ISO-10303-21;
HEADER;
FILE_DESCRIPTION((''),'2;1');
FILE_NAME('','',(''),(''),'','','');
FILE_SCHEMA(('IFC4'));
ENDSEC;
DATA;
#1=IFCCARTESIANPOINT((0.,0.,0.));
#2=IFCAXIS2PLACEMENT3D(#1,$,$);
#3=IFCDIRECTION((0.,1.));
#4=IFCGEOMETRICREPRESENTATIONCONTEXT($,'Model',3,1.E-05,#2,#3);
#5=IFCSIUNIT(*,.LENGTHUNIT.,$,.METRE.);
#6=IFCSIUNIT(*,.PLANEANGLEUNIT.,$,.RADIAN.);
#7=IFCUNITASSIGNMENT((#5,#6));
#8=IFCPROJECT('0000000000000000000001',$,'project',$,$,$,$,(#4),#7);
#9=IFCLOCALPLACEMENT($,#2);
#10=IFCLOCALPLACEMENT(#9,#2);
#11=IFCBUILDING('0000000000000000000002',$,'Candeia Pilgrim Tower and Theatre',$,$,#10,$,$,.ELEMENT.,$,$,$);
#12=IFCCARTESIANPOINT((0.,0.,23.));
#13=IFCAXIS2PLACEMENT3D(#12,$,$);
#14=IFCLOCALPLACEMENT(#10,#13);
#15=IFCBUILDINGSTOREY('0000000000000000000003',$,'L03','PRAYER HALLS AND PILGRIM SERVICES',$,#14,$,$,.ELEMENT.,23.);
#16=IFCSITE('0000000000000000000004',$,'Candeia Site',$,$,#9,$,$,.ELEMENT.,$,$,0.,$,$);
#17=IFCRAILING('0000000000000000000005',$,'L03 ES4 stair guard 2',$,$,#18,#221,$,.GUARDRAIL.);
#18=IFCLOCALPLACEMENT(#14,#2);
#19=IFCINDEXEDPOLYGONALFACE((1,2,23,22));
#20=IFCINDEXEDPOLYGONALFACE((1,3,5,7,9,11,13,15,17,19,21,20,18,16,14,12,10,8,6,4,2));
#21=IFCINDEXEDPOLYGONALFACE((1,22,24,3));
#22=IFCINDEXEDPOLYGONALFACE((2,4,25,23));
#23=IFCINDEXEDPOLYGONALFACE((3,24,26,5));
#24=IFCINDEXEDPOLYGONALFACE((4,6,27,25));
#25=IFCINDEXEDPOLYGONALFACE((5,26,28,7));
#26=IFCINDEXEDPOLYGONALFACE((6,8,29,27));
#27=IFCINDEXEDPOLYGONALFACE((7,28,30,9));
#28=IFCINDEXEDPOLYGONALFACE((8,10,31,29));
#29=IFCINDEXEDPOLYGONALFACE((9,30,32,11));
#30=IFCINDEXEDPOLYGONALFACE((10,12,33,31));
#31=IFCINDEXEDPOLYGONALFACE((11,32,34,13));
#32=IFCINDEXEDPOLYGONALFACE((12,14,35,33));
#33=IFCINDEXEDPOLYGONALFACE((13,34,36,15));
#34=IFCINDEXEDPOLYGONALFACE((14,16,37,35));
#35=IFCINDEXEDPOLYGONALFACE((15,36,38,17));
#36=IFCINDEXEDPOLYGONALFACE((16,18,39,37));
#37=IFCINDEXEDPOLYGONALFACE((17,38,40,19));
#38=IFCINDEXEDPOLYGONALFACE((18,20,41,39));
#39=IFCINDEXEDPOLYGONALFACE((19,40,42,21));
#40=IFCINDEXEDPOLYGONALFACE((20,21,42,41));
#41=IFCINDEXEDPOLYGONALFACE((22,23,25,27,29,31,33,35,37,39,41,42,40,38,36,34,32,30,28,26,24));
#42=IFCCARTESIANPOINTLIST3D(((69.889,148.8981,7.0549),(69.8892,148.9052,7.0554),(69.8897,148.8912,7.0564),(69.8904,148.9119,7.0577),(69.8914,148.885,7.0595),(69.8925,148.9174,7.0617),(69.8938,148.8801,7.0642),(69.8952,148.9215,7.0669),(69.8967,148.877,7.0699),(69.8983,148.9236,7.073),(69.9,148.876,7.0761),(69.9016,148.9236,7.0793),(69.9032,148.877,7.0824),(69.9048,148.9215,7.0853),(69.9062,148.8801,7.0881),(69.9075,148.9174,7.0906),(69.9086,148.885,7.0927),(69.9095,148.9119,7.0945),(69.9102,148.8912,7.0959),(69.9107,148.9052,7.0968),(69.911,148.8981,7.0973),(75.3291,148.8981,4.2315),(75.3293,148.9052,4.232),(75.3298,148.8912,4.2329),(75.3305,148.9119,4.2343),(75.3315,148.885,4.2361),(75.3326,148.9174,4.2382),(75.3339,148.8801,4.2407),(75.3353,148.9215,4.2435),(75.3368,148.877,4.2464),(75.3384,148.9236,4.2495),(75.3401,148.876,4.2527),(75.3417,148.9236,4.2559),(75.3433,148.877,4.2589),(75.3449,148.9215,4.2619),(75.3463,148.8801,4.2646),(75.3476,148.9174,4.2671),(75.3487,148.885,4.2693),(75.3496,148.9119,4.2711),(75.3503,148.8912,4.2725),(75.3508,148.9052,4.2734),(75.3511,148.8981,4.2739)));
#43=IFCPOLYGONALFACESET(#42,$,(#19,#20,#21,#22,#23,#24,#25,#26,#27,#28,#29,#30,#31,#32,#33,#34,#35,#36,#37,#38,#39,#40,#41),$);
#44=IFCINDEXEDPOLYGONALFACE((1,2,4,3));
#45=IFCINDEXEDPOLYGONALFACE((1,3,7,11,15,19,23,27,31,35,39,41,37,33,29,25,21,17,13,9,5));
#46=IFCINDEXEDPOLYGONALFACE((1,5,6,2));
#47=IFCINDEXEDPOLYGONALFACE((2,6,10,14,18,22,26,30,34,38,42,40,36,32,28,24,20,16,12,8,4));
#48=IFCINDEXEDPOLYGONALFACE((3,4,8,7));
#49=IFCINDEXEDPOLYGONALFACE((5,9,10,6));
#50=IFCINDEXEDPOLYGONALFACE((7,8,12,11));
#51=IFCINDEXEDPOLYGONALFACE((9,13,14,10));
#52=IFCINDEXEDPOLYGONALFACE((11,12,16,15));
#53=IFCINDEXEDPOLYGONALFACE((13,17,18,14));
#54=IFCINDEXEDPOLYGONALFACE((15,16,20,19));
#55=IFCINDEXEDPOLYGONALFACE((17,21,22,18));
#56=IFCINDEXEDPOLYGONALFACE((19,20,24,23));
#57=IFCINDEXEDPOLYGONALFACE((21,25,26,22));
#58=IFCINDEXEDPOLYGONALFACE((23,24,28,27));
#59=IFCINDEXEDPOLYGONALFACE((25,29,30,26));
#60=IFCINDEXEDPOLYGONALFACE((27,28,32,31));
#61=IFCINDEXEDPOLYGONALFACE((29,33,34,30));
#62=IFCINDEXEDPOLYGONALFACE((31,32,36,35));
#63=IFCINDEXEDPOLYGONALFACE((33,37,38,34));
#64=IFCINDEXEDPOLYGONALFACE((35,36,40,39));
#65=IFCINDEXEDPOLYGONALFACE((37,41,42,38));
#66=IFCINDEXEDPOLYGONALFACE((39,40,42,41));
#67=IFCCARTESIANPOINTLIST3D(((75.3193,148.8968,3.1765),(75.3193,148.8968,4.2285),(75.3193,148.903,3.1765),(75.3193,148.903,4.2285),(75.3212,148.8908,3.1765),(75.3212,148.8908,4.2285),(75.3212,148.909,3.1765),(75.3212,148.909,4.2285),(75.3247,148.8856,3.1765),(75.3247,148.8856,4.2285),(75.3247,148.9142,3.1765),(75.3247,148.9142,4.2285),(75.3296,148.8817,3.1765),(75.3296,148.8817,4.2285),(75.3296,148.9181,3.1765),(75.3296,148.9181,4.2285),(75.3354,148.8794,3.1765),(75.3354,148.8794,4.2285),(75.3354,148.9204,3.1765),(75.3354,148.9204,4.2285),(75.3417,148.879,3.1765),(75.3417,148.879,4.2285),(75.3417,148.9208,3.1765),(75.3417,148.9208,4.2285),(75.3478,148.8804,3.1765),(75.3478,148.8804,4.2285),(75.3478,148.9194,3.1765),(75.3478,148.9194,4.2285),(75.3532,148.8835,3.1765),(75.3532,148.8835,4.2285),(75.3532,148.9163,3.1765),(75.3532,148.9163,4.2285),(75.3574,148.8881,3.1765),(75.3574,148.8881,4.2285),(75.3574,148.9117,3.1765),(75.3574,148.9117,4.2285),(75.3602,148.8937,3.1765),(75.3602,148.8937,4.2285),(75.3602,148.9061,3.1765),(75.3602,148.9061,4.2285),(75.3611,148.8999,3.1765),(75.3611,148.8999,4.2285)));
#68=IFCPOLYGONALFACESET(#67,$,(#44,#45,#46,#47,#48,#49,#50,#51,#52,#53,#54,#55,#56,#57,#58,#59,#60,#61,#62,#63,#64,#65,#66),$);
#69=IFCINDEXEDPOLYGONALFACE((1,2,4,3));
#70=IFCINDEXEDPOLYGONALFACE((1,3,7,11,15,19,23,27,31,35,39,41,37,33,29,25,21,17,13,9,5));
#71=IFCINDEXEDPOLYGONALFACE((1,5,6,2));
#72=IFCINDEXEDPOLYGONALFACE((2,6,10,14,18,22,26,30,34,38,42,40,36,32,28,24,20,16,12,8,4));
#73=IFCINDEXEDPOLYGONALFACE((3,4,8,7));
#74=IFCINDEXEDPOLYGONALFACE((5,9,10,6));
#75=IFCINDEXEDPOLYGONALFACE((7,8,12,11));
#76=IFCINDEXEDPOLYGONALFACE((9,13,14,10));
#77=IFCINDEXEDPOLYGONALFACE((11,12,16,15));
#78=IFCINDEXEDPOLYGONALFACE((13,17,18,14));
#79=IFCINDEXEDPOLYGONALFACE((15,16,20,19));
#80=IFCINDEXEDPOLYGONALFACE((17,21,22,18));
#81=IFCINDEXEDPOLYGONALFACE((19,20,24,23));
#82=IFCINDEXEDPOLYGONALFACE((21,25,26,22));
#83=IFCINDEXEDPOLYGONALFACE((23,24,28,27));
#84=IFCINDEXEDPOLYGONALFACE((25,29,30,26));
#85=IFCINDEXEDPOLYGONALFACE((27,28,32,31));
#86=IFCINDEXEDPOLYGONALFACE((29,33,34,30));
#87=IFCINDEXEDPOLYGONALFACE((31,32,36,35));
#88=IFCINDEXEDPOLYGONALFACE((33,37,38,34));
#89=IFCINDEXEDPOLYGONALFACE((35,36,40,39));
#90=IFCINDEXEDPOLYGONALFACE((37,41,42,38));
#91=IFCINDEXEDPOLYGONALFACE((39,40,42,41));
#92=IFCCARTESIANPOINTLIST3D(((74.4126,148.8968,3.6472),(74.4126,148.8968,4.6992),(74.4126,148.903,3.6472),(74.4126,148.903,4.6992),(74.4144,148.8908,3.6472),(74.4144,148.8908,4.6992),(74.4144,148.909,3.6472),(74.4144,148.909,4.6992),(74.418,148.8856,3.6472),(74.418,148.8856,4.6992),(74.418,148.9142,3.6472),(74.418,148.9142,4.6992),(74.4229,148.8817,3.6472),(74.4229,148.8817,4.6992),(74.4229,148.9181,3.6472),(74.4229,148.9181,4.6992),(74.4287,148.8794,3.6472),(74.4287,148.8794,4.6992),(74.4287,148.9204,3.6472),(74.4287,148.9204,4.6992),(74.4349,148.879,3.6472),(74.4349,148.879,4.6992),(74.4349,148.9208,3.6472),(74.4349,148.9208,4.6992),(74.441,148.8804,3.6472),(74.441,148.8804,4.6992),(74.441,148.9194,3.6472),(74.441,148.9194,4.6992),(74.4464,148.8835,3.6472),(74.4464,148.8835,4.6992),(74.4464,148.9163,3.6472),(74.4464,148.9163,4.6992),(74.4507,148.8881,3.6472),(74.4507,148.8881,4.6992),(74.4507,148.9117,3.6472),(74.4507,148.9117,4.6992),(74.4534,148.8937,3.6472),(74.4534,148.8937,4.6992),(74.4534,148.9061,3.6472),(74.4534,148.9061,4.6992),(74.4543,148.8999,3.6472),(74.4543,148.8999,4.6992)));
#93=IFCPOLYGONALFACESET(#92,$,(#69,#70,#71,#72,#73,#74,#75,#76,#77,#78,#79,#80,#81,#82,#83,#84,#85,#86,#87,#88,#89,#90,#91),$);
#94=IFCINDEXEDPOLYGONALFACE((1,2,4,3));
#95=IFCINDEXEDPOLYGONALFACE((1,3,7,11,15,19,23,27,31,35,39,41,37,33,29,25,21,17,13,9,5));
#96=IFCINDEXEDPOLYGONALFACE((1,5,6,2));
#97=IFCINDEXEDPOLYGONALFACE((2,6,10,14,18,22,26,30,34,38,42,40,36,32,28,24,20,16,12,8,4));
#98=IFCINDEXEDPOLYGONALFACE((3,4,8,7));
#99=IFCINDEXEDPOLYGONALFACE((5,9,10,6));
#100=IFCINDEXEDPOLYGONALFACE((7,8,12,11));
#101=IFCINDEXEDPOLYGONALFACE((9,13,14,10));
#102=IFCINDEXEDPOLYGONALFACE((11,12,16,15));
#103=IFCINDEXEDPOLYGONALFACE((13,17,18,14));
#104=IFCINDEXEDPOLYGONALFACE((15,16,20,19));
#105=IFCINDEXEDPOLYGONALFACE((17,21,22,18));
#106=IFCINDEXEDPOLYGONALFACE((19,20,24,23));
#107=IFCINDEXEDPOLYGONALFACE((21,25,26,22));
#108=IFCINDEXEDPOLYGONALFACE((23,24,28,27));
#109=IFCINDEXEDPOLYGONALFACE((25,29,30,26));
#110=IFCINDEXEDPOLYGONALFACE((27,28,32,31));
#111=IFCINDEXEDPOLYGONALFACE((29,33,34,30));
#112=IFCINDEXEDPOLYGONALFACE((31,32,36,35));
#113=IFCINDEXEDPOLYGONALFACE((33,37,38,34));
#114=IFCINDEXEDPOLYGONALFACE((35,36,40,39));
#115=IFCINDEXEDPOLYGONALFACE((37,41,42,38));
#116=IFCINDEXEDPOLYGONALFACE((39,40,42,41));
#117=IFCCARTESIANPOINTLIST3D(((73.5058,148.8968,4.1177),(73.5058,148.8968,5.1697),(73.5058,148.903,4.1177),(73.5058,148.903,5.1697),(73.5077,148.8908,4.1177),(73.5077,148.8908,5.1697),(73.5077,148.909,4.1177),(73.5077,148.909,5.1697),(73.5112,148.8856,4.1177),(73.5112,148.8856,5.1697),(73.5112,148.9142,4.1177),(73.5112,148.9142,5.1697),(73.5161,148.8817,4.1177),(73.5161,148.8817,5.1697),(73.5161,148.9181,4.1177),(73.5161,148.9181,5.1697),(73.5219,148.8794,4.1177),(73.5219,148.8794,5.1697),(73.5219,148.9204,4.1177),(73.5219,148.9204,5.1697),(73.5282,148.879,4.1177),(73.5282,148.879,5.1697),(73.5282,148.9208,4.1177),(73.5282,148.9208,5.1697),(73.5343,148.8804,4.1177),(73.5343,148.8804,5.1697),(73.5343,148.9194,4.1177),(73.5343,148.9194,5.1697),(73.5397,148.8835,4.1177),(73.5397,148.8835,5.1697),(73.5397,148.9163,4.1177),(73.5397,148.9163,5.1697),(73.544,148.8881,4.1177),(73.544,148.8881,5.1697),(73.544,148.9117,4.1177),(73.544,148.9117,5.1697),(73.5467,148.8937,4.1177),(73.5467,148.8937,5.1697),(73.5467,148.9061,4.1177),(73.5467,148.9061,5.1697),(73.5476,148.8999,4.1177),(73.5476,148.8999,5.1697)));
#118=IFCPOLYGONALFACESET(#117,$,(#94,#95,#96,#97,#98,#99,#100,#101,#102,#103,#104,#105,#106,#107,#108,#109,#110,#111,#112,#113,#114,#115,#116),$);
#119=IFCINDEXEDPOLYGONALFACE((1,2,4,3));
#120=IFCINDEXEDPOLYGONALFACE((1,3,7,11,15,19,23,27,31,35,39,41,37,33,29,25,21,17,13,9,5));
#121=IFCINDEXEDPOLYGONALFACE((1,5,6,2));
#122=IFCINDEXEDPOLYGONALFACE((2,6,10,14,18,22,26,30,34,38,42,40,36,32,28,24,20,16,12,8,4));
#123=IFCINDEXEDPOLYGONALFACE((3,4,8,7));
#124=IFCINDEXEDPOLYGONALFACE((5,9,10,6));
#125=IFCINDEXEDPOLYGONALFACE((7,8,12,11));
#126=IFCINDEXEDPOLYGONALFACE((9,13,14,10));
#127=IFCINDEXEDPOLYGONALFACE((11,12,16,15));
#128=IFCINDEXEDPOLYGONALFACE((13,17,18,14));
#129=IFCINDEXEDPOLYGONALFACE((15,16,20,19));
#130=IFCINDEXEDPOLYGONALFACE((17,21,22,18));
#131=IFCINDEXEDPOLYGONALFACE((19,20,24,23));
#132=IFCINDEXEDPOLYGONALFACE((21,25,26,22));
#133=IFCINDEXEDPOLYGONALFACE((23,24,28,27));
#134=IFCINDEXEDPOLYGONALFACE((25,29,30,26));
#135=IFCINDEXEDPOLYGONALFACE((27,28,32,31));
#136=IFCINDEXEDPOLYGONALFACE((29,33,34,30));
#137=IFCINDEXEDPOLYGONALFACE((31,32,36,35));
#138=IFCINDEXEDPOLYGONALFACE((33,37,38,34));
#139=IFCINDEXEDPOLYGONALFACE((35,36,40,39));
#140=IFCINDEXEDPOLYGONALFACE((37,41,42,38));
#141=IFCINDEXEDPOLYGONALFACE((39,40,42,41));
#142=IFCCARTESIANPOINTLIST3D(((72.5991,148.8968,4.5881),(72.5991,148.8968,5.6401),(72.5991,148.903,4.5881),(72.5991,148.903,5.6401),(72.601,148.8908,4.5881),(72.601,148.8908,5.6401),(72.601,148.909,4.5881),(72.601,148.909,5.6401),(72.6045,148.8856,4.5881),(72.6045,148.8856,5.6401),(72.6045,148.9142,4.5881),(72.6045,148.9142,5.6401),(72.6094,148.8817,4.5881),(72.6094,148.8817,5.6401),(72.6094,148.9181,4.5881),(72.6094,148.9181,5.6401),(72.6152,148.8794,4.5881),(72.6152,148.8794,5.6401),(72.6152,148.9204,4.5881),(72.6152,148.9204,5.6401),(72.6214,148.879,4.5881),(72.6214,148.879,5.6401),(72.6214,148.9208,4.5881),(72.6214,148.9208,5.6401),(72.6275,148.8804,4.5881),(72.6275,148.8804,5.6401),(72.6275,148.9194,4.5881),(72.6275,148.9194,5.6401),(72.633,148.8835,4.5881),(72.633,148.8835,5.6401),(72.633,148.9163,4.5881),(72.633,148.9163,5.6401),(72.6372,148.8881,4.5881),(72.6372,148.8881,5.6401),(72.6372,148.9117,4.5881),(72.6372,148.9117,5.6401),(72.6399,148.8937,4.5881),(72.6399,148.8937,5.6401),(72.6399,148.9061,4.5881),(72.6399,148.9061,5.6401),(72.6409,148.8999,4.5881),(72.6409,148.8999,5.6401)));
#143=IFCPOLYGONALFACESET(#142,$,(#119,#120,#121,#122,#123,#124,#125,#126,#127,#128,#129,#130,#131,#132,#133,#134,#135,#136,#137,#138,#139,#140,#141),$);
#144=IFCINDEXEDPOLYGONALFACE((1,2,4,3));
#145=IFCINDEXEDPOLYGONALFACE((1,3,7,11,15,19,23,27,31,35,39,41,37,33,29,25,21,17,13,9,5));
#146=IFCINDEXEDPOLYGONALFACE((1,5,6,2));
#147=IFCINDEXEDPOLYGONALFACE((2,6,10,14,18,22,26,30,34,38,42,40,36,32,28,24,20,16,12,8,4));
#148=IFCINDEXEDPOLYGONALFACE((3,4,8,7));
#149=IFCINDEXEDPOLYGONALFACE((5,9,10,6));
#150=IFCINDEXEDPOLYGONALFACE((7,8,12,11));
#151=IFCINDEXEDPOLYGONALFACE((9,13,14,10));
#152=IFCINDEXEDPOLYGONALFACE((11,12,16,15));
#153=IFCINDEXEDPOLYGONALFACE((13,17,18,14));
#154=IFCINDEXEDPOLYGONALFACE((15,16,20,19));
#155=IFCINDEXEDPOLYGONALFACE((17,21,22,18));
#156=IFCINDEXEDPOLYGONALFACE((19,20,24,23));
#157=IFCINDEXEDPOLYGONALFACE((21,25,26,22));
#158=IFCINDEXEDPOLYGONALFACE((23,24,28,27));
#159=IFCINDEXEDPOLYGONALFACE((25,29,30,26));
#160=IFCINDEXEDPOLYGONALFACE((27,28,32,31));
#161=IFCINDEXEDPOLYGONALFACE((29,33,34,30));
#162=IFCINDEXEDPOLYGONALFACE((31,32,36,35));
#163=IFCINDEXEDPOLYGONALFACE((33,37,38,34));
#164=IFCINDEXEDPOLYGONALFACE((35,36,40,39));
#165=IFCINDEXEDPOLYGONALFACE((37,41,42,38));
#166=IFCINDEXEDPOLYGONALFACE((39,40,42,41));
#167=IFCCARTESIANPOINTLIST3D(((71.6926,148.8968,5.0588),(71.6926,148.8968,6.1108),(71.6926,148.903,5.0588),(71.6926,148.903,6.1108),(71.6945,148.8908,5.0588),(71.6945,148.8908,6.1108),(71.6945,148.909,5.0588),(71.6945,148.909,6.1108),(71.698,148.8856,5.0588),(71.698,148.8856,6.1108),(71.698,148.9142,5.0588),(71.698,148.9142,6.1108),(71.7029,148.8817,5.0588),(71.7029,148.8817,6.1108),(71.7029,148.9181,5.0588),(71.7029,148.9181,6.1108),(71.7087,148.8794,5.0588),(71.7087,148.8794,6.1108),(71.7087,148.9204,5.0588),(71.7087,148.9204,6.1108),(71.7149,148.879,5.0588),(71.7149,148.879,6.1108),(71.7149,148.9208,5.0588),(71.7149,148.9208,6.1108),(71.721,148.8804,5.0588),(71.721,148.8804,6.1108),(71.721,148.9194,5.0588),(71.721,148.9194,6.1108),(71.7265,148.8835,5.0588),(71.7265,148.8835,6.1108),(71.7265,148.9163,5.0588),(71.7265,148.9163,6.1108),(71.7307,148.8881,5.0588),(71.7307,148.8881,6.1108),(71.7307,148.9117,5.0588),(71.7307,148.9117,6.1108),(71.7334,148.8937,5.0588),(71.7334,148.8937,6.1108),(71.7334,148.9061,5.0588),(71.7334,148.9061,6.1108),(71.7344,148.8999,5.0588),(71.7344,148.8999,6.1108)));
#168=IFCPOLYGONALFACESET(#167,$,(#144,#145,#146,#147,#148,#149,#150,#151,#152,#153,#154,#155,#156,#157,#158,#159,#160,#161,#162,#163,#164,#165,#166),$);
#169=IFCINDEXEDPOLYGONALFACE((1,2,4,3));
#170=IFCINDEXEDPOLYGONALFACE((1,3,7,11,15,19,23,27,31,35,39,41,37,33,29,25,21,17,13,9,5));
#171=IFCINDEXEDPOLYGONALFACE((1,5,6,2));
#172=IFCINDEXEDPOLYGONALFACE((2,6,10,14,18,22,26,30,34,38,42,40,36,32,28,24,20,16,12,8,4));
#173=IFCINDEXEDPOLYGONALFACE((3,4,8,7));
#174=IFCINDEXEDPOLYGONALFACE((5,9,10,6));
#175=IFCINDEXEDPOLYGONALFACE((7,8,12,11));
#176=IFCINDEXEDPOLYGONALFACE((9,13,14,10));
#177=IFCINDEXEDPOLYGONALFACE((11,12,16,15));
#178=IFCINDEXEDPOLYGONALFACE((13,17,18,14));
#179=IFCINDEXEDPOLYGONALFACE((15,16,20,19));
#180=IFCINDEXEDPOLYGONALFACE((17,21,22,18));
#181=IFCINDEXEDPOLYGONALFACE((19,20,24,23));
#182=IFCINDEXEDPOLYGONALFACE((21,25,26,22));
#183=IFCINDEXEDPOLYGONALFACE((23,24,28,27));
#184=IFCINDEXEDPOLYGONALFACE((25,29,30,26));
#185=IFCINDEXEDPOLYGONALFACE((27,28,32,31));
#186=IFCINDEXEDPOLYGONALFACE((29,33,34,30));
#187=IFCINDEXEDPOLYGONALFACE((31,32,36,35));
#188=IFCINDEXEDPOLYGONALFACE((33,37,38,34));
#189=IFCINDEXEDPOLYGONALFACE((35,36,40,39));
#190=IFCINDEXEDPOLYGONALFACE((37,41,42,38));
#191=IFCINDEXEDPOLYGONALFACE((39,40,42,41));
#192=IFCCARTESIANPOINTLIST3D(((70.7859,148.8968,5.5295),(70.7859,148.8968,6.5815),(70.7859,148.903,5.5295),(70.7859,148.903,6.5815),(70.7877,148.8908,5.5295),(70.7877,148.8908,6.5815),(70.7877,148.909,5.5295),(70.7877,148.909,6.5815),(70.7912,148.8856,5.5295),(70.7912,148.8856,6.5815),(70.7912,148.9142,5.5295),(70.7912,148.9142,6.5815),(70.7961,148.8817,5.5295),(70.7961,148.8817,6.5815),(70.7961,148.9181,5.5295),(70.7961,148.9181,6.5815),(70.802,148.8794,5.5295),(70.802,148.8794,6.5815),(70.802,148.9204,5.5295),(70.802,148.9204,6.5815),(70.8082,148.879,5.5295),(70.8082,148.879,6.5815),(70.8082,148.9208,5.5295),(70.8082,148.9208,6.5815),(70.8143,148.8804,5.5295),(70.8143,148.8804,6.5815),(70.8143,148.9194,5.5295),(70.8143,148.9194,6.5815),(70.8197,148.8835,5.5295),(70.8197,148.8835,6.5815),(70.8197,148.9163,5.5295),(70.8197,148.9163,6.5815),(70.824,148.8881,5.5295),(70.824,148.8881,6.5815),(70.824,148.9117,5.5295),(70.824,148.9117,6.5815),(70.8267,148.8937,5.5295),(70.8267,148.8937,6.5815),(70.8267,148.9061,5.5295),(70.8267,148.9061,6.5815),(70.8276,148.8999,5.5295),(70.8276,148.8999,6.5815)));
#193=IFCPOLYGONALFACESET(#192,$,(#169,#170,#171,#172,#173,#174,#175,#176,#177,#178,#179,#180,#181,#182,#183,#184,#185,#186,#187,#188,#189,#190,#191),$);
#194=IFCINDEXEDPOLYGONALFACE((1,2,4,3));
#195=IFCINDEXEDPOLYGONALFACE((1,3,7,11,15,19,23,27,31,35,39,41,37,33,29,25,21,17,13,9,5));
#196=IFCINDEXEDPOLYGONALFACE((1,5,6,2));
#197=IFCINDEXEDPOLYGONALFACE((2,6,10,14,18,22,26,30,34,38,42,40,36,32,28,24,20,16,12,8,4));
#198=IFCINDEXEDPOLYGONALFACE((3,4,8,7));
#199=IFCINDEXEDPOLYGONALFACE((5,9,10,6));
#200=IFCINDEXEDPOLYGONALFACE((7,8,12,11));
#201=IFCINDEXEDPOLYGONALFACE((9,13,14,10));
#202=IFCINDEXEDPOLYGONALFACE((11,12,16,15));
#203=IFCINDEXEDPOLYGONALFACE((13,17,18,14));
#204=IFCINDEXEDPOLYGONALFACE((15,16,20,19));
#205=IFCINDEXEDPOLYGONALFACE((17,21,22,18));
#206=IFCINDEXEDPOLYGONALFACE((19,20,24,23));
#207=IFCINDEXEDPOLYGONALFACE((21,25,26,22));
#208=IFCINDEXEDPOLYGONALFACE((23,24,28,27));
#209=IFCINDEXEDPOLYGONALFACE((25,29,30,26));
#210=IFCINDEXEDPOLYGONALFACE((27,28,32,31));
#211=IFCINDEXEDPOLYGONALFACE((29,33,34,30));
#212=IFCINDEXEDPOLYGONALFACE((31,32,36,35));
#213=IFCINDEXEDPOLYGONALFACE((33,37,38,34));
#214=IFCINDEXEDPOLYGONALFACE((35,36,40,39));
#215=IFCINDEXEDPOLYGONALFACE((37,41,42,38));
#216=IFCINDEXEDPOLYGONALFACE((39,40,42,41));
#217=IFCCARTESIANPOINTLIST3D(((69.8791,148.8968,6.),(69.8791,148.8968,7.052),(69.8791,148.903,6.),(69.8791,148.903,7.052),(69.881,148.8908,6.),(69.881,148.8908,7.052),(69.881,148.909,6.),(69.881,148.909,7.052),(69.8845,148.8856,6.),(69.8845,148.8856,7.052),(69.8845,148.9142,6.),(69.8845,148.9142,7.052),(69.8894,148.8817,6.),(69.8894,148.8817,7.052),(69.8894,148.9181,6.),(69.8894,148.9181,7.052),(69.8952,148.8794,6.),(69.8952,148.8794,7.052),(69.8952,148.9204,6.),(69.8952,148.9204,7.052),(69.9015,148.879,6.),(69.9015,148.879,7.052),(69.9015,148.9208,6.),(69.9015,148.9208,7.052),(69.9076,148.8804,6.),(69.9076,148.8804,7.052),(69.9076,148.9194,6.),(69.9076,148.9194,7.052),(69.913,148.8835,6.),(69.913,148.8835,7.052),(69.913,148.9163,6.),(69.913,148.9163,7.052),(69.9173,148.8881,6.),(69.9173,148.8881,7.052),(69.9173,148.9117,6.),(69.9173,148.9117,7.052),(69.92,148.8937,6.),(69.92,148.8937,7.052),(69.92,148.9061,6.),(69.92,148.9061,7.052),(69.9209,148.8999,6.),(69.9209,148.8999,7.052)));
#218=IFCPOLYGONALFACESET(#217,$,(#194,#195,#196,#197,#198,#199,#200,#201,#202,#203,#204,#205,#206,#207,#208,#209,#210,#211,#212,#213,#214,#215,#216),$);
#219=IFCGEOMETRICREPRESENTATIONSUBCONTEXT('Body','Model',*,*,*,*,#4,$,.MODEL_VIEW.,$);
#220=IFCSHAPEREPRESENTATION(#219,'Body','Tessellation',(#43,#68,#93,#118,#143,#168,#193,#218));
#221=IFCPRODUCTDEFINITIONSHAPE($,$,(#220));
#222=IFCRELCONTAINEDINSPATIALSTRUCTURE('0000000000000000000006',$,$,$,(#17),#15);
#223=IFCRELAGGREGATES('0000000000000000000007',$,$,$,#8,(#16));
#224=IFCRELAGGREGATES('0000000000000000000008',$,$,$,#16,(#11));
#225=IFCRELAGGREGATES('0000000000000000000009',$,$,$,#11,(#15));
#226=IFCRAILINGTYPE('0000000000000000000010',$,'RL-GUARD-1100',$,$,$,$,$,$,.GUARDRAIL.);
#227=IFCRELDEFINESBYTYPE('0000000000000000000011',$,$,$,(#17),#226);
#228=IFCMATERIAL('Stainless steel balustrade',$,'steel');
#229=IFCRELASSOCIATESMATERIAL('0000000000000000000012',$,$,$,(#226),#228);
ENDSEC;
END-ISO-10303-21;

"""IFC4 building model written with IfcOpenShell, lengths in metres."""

from ifc_helpers import new_model, si_unit, direction, frame, origin, origin_2d, place, context, subcontext, project, spatial, circle, extrude, material, type_object, element, save


model = new_model("IFC4")

# Units and contexts
model_context = context("Model", 3, precision=1e-05, world=origin(), true_north=direction((0.0, 1.0)))
body_context = subcontext(model_context, "Body", "Model", "MODEL_VIEW")
ifc_project = project(units=[si_unit("LENGTHUNIT", "METRE"), si_unit("PLANEANGLEUNIT", "RADIAN")], contexts=[model_context])

# Site, building, storey
site_placement = place(None, origin())
site = spatial("IfcSite", under=ifc_project, at=site_placement, Name="Candeia Site", CompositionType="ELEMENT", RefElevation=0.0)
building_placement = place(site_placement, origin())
building = spatial("IfcBuilding", under=site, at=building_placement, Name="Candeia Pilgrim Tower and Theatre", CompositionType="ELEMENT")
storey_placement = place(building_placement, frame((0.0, 0.0, 23.0)))
storey = spatial("IfcBuildingStorey", under=building, at=storey_placement, Name="L03", Description="PRAYER HALLS AND PILGRIM SERVICES", CompositionType="ELEMENT", Elevation=23.0)

# Railing
ifc_material_1 = material(Name="Stainless steel balustrade", Category="steel")
railing_type_1 = type_object("IfcRailingType", Name="RL-GUARD-1100", PredefinedType="GUARDRAIL", material=ifc_material_1)
railing_1_placement = place(storey_placement, frame((75.3401, 148.8999, 3.1765)))
element("IfcRailing", 1, at=railing_1_placement, inside=storey, type_object=railing_type_1, Name="L03 ES4 stair guard 2", PredefinedType="GUARDRAIL", context=body_context, shape_type="SweptSolid", body=[
    extrude(circle(Radius=0.0239, at=origin_2d()), frame((0.0, 0.0, 1.0762), z_axis=(-0.887578, 0.0, 0.460658), x_axis=(0.0, -1.0, 0.0)), (0.0, 0.0, 1.0), 6.1292),
    extrude(circle(Radius=0.021, at=origin_2d()), origin(), (0.0, 0.0, 1.0), 1.052),
    extrude(circle(Radius=0.021, at=origin_2d()), frame((-0.9067, 0.0, 0.4707)), (0.0, 0.0, 1.0), 1.052),
    extrude(circle(Radius=0.021, at=origin_2d()), frame((-1.8135, 0.0, 0.9412)), (0.0, 0.0, 1.0), 1.052),
    extrude(circle(Radius=0.021, at=origin_2d()), frame((-2.7202, 0.0, 1.4116)), (0.0, 0.0, 1.0), 1.052),
    extrude(circle(Radius=0.021, at=origin_2d()), frame((-3.6267, 0.0, 1.8823)), (0.0, 0.0, 1.0), 1.052),
    extrude(circle(Radius=0.021, at=origin_2d()), frame((-4.5334, 0.0, 2.353)), (0.0, 0.0, 1.0), 1.052),
    extrude(circle(Radius=0.021, at=origin_2d()), frame((-5.4402, 0.0, 2.8235)), (0.0, 0.0, 1.0), 1.052),
])

save(model, "model.ifc")
